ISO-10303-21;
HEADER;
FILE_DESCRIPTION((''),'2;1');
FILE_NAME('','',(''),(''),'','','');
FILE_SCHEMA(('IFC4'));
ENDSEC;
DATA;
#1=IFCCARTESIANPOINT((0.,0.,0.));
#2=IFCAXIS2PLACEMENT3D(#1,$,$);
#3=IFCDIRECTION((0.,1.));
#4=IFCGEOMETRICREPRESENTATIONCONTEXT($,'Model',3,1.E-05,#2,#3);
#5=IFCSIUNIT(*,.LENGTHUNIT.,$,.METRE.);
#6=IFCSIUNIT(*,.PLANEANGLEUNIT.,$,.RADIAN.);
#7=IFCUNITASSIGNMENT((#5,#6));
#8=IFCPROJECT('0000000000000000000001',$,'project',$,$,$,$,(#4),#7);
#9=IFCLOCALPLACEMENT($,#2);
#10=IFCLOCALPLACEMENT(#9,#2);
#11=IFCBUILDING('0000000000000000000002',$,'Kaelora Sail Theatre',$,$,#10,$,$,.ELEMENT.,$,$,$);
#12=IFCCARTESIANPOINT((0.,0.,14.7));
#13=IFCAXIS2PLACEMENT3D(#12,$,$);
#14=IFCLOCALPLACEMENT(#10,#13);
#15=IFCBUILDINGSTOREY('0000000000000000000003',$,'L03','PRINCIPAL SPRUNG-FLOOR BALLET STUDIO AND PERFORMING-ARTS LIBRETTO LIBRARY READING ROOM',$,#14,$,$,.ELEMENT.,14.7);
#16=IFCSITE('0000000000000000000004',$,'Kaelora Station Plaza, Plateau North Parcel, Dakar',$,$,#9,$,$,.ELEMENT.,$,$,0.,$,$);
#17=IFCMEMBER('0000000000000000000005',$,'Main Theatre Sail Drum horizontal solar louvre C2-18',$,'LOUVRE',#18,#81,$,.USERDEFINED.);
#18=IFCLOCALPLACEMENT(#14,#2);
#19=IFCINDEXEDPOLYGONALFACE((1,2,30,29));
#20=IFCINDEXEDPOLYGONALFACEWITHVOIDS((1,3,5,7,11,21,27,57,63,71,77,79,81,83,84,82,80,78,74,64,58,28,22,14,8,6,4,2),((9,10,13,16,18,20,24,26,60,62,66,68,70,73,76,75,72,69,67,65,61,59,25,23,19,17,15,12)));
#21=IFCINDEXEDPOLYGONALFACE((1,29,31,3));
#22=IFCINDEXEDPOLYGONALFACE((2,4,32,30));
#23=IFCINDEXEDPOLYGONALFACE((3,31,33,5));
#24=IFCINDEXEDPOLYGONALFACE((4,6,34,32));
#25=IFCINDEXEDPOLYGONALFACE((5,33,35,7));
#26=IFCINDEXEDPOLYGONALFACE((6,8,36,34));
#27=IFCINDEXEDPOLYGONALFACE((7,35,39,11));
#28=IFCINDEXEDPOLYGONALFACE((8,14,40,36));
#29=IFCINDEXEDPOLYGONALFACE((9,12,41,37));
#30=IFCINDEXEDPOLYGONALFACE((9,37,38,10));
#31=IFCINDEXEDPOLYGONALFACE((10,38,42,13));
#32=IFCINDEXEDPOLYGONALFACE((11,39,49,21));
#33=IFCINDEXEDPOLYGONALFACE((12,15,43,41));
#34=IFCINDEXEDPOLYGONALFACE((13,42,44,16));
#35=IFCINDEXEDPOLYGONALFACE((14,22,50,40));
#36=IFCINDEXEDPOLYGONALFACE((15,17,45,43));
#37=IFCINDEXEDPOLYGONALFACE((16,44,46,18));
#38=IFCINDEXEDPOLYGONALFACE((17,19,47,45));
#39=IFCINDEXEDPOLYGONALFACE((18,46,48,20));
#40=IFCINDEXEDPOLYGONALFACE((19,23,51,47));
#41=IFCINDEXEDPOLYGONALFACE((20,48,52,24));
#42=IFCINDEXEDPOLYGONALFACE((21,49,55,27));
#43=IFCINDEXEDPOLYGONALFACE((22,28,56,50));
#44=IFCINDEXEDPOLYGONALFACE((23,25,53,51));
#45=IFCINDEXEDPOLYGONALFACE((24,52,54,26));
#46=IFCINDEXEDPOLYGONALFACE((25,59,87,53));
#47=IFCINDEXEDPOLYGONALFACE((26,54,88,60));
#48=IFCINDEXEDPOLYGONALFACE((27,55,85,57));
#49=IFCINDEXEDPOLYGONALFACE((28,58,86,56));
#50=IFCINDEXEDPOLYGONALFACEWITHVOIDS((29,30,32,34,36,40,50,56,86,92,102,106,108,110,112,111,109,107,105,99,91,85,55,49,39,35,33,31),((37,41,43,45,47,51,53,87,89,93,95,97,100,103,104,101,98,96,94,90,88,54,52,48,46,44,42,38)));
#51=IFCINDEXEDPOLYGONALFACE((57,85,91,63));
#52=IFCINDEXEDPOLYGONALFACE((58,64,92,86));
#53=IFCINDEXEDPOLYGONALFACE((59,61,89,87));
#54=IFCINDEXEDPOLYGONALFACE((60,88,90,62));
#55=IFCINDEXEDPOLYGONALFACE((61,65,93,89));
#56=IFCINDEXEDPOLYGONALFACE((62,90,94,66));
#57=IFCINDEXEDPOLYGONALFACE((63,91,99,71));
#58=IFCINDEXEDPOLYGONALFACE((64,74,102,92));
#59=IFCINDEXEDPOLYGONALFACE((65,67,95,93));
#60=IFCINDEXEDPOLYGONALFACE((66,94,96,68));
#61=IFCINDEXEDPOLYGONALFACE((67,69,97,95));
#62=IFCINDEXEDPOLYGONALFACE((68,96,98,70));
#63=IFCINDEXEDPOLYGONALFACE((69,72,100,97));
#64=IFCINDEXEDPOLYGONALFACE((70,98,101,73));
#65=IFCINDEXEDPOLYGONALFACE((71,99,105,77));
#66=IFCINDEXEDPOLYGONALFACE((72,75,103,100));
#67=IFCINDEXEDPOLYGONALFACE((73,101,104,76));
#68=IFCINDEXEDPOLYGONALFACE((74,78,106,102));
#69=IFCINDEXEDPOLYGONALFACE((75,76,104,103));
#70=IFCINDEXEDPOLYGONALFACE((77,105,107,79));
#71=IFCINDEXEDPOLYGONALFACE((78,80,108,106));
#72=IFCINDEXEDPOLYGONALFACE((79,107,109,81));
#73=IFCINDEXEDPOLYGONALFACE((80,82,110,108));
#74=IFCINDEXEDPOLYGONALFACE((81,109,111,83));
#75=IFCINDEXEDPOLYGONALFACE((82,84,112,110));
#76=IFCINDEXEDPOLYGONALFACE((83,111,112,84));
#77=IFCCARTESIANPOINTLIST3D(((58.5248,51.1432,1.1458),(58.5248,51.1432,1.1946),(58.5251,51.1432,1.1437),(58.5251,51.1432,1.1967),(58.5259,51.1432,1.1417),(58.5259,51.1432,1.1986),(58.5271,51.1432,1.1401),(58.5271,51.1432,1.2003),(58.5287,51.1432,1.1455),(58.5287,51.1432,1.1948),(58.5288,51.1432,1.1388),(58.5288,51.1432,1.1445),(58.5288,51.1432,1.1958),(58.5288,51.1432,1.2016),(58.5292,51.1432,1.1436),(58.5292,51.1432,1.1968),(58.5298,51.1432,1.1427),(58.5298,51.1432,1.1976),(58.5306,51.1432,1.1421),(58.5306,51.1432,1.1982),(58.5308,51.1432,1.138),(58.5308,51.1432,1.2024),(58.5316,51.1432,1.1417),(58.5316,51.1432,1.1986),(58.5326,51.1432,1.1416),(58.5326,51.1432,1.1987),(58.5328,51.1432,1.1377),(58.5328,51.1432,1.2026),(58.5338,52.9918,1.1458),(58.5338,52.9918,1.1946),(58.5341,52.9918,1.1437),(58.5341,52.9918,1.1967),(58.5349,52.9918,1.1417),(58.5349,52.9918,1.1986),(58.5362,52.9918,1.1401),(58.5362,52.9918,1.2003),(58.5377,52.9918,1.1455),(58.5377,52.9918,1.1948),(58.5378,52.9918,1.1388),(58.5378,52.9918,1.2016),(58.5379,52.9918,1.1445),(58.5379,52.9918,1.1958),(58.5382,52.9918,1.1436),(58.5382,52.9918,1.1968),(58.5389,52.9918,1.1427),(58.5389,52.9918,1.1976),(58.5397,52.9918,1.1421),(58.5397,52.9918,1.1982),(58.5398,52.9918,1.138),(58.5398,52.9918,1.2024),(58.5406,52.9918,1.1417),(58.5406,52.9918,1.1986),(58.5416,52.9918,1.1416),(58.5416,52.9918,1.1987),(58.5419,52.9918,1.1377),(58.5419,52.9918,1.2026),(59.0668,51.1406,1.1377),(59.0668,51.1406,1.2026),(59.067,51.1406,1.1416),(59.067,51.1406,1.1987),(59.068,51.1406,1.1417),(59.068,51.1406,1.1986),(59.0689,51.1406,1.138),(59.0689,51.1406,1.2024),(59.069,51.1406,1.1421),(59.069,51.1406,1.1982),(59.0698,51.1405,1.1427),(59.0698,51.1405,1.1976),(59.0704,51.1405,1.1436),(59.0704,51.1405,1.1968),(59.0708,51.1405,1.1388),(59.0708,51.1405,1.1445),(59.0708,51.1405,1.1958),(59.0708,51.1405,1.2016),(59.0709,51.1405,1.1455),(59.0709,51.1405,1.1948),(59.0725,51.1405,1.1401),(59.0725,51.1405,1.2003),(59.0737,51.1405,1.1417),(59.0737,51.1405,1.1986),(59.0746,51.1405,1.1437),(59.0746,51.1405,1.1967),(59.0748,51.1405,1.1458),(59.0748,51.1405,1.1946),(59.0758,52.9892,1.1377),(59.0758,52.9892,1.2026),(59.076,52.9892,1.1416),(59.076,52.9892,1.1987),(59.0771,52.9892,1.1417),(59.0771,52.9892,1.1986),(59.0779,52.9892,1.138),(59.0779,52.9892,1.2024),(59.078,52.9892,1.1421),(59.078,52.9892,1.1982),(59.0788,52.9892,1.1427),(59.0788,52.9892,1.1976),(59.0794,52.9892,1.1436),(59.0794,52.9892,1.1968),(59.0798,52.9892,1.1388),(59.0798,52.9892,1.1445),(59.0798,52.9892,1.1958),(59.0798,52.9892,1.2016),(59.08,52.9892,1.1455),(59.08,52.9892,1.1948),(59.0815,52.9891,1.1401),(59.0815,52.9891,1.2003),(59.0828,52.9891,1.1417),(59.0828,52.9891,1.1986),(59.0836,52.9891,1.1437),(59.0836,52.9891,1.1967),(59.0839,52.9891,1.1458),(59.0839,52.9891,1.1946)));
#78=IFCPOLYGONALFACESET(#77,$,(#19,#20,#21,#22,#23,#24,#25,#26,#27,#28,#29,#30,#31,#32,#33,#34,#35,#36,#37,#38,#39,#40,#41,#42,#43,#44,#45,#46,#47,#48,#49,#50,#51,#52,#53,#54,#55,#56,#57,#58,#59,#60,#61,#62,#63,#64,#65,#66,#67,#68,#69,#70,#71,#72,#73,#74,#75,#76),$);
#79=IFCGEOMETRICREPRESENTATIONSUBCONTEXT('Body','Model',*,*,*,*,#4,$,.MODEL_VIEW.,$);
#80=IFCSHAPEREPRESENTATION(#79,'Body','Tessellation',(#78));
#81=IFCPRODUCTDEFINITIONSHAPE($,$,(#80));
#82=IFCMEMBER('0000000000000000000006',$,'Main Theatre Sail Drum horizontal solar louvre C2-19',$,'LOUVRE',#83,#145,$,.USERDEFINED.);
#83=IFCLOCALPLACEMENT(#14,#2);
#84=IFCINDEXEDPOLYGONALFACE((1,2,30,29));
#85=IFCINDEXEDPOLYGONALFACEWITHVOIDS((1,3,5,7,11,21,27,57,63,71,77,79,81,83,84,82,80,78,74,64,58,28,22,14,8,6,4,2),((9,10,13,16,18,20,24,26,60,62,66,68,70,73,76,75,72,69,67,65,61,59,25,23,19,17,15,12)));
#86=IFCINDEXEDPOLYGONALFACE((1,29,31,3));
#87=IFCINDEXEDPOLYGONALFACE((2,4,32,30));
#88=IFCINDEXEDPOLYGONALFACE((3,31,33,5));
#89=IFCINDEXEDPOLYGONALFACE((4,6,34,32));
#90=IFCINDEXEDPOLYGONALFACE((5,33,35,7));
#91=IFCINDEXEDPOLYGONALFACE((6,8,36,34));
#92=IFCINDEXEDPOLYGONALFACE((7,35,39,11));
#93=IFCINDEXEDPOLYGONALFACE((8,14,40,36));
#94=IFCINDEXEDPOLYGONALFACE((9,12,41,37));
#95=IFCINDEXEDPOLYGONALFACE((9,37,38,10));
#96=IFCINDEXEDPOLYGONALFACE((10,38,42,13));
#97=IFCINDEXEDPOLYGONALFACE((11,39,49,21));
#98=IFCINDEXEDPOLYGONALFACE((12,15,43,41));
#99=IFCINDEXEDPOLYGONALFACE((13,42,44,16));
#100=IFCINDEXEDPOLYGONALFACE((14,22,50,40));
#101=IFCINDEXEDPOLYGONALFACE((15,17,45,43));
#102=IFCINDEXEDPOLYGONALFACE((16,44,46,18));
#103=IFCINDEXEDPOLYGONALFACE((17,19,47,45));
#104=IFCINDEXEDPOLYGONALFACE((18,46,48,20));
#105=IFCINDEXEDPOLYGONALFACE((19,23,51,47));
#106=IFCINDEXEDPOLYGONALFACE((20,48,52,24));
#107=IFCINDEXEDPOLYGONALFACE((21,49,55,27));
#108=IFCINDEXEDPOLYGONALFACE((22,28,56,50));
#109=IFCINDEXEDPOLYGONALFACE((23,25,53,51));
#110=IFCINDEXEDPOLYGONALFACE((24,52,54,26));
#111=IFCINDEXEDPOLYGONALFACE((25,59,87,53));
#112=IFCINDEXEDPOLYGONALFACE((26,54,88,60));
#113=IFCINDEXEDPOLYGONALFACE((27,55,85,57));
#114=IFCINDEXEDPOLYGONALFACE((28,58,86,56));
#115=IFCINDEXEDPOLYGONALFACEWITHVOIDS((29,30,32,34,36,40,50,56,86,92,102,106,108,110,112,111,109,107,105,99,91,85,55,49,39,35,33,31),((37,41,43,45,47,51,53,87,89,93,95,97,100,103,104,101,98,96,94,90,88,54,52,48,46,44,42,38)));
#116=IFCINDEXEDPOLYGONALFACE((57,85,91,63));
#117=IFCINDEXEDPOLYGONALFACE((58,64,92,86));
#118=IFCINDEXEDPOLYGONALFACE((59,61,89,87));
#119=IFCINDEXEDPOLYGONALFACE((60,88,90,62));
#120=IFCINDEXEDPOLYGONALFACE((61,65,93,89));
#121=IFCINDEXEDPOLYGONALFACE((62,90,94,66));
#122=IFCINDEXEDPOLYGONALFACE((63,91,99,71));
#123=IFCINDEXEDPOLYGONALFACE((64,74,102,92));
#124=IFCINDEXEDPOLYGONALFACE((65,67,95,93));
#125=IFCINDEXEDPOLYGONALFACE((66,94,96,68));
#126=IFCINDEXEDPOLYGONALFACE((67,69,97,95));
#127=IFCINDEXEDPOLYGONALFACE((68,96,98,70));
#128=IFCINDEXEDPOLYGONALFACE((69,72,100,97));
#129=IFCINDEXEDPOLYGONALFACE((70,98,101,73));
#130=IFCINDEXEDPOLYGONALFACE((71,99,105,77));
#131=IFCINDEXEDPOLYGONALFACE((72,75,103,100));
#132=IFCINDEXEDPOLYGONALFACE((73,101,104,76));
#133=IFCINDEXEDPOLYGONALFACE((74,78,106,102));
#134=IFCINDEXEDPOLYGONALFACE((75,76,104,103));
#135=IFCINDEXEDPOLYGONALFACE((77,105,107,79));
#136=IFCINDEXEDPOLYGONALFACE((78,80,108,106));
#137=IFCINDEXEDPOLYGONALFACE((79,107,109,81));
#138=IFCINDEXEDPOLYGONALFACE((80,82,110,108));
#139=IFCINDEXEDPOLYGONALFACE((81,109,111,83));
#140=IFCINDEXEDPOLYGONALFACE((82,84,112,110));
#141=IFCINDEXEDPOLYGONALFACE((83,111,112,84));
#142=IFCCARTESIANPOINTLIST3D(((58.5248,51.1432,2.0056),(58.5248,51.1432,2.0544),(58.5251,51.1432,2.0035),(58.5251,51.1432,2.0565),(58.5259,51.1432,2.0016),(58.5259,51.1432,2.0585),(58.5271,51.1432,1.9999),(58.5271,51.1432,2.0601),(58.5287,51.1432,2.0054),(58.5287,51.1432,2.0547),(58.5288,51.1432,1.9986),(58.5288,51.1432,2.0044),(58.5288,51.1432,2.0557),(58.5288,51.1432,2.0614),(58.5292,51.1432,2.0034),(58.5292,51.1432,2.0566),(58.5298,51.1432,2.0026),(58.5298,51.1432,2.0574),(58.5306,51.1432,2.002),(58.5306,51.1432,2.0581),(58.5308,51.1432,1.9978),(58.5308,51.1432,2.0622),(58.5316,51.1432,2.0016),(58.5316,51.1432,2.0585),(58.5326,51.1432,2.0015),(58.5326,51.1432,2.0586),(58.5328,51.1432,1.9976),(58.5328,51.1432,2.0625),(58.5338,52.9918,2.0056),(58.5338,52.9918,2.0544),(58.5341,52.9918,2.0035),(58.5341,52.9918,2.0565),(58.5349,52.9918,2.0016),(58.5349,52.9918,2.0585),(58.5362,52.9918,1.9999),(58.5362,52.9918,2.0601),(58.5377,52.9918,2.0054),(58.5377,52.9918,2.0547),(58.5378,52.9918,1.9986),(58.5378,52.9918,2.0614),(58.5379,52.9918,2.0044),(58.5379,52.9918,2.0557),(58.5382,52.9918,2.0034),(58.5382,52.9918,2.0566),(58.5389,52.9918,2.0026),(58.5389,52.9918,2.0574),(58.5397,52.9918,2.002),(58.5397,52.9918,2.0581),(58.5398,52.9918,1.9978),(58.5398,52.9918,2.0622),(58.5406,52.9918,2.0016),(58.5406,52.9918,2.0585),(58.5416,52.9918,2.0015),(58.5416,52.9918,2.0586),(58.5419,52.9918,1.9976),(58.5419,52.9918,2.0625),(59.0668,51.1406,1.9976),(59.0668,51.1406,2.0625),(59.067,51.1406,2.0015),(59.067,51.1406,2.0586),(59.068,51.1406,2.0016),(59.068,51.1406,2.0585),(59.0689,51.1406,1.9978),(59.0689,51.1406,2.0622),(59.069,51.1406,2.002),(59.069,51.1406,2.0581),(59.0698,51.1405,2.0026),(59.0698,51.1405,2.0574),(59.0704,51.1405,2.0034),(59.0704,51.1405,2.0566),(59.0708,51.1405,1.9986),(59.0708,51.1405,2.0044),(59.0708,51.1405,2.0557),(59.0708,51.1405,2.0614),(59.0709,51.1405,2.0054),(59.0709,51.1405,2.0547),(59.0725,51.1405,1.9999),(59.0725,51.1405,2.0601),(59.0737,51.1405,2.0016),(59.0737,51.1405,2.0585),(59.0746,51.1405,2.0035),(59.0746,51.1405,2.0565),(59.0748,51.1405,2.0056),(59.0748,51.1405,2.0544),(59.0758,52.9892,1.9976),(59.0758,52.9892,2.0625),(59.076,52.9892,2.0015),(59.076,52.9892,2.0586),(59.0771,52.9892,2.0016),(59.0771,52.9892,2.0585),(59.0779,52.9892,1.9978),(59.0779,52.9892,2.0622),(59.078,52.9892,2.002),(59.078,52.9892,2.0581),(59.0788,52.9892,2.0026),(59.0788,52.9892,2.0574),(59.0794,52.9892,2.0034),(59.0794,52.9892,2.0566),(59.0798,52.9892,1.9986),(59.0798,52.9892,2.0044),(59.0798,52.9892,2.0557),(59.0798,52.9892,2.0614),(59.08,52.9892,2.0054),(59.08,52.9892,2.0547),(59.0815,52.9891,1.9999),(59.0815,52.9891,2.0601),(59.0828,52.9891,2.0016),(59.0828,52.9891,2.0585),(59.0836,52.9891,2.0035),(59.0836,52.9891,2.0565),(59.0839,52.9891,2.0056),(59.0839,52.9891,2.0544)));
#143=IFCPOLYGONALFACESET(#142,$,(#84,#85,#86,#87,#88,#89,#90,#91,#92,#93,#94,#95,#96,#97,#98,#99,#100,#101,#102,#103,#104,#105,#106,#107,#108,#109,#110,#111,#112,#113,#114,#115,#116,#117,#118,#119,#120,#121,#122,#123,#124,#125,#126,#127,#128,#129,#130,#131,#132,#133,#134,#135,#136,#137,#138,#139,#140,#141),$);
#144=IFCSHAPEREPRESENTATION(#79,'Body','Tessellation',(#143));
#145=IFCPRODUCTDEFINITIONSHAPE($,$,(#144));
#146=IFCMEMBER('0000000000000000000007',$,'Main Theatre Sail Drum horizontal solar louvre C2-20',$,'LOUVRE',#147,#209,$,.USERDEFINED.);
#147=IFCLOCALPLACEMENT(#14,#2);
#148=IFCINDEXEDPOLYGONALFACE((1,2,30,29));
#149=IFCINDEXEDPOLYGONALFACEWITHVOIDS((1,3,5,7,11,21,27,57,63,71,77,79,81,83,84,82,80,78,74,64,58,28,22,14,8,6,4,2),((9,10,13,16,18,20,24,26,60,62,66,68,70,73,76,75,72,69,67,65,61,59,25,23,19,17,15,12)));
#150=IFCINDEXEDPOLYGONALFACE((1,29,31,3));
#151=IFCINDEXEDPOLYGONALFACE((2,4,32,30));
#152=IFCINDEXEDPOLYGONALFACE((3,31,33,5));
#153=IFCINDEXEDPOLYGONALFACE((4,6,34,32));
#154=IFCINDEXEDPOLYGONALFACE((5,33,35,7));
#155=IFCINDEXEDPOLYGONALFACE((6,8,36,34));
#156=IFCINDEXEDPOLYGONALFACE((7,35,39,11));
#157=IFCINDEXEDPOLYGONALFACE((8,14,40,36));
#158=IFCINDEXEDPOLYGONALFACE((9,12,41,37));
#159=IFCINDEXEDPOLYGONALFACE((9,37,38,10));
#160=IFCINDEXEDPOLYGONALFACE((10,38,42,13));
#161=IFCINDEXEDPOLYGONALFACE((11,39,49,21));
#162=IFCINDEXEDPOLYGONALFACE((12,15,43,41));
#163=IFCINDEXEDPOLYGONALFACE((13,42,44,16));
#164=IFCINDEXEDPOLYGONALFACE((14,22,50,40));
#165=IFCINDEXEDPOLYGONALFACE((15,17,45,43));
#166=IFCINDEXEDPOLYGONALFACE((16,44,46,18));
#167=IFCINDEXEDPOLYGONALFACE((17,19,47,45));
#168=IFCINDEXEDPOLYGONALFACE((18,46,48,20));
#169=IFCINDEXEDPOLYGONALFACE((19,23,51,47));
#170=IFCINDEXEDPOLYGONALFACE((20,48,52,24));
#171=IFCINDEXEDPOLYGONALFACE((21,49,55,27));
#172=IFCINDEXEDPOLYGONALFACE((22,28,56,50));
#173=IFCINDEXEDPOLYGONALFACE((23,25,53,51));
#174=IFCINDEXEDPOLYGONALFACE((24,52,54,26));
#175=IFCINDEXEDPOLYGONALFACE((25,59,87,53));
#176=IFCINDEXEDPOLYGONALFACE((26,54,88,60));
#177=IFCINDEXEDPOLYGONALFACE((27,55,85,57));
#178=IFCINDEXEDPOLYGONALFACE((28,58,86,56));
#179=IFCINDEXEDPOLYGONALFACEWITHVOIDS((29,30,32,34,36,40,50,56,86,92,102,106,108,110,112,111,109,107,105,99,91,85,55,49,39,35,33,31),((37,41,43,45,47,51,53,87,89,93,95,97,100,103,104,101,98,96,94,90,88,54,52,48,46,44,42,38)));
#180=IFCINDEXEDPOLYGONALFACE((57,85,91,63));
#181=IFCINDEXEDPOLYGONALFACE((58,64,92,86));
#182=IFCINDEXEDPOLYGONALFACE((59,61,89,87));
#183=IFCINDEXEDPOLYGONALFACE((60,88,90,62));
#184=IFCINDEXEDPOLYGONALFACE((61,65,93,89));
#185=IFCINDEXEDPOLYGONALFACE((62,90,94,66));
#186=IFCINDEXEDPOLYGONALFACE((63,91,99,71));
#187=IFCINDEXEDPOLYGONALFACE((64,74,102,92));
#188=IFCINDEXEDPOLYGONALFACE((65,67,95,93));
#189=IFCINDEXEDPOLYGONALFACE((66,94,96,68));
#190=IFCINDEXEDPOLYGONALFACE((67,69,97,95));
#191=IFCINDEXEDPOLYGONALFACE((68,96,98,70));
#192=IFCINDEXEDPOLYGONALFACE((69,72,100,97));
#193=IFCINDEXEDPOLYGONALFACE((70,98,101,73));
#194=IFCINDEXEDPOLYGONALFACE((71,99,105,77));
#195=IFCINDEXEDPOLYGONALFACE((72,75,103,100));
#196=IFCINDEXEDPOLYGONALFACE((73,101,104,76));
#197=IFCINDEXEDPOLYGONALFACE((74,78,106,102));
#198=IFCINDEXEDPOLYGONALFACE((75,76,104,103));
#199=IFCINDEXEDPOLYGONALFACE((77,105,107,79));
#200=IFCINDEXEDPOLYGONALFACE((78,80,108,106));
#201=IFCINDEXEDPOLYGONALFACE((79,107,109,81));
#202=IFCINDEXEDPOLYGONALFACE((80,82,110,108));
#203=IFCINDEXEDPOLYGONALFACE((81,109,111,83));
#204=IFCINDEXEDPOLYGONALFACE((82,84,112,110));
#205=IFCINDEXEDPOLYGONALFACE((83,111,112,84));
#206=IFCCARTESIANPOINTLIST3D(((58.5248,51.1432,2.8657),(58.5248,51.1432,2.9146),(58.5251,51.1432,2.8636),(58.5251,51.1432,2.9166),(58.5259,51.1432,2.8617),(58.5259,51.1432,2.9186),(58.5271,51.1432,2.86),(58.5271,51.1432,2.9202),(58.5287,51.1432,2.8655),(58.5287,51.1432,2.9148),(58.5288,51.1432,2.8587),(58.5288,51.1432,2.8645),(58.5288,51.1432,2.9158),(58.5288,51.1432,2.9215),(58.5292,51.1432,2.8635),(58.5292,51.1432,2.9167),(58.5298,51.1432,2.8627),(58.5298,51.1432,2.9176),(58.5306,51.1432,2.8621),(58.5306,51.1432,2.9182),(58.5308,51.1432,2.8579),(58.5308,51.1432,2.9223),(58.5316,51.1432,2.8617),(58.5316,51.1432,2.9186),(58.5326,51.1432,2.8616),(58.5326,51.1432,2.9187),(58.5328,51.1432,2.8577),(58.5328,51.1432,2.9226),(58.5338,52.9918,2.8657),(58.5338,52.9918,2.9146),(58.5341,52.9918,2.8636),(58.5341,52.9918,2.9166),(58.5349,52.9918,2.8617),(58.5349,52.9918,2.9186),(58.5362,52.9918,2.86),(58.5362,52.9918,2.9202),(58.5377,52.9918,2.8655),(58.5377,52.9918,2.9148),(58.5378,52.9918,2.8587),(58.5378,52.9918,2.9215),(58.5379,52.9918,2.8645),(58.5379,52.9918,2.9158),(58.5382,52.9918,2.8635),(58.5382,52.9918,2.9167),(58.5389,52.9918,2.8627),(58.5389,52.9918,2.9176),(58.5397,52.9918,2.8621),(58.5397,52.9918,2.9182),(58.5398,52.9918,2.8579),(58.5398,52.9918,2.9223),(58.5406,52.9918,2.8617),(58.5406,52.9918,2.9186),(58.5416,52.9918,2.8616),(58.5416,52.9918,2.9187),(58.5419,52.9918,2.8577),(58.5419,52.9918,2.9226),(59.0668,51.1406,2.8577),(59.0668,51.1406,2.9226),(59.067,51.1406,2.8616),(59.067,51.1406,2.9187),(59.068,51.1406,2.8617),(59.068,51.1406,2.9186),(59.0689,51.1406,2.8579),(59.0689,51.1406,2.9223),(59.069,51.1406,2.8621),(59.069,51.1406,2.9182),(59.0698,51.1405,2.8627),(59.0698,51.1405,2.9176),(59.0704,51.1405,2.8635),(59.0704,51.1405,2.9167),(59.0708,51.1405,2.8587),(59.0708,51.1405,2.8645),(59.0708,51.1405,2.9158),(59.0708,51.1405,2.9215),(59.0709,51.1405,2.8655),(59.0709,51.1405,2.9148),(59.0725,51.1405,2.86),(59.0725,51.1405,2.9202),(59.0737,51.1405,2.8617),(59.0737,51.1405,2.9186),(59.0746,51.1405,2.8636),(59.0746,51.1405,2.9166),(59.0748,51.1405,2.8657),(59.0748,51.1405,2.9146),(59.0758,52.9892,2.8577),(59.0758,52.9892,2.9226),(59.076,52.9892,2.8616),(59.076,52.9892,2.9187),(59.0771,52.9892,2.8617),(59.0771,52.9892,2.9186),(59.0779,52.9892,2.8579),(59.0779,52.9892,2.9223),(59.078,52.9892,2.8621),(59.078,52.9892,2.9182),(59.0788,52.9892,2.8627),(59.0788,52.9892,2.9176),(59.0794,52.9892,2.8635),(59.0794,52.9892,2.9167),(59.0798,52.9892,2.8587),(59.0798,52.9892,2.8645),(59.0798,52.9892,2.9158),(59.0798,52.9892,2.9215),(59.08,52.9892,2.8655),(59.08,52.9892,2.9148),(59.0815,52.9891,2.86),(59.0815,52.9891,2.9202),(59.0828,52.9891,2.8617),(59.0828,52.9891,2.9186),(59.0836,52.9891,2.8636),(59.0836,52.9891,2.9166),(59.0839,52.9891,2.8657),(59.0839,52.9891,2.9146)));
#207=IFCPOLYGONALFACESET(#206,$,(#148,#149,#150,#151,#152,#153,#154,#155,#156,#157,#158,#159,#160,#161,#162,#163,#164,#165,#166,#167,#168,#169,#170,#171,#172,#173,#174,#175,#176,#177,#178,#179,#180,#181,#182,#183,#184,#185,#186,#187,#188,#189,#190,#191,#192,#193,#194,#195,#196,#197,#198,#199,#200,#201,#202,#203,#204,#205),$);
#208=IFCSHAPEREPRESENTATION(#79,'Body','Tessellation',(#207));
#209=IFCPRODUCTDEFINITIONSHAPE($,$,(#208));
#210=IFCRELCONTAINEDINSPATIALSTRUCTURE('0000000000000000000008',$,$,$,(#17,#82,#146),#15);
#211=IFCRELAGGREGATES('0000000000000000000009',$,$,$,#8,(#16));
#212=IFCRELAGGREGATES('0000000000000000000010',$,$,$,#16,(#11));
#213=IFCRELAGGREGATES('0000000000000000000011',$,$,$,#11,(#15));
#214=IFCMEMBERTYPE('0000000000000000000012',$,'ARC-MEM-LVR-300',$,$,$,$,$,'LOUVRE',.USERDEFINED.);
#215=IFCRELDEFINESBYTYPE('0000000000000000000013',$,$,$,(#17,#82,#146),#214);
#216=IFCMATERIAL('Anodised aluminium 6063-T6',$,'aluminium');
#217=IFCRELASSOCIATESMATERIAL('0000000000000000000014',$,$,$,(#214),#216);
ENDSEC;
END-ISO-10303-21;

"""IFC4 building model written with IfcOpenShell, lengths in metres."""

from ifc_helpers import new_model, si_unit, direction, frame, origin, origin_2d, place, context, subcontext, project, spatial, hollow_rectangle, extrude, material, material_profile, profile_set, type_object, element, save


model = new_model("IFC4")

# Units and contexts
model_context = context("Model", 3, precision=1e-05, world=origin(), true_north=direction((0.0, 1.0)))
body_context = subcontext(model_context, "Body", "Model", "MODEL_VIEW")
ifc_project = project(units=[si_unit("LENGTHUNIT", "METRE"), si_unit("PLANEANGLEUNIT", "RADIAN")], contexts=[model_context])

# Site, building, storey
site_placement = place(None, origin())
site = spatial("IfcSite", under=ifc_project, at=site_placement, Name="Kaelora Station Plaza, Plateau North Parcel, Dakar", CompositionType="ELEMENT", RefElevation=0.0)
building_placement = place(site_placement, origin())
building = spatial("IfcBuilding", under=site, at=building_placement, Name="Kaelora Sail Theatre", CompositionType="ELEMENT")
storey_placement = place(building_placement, frame((0.0, 0.0, 14.7)))
storey = spatial("IfcBuildingStorey", under=building, at=storey_placement, Name="L03", Description="PRINCIPAL SPRUNG-FLOOR BALLET STUDIO AND PERFORMING-ARTS LIBRETTO LIBRARY READING ROOM", CompositionType="ELEMENT", Elevation=14.7)

# Members
ifc_material_1 = material(Name="Anodised aluminium 6063-T6", Category="aluminium")
ifc_material_profile_1 = material_profile(ifc_material_1, hollow_rectangle(XDim=0.55, YDim=0.0649, WallThickness=0.0039, InnerFilletRadius=0.0039, OuterFilletRadius=0.0081, at=origin_2d()), Name="LOUVRE 550x65x4")
ifc_profile_set_1 = profile_set([ifc_material_profile_1], Name="Anodised aluminium 6063-T6")
member_type = type_object("IfcMemberType", Name="ARC-MEM-LVR-300", ElementType="LOUVRE", PredefinedType="USERDEFINED", material=ifc_profile_set_1)
for number, where, z_axis, x_axis, name in (
    (1, (58.8088, 52.9905, 1.1702), (-0.004886, -0.999988, 0.0), (0.999988, -0.004886, 0.0), "Main Theatre Sail Drum horizontal solar louvre C2-18"),
    (2, (58.8088, 52.9905, 2.03), (-0.004886, -0.999988, 0.0), (0.999988, -0.004886, 0.0), "Main Theatre Sail Drum horizontal solar louvre C2-19"),
    (3, (58.8088, 52.9905, 2.8901), (-0.004886, -0.999988, 0.0), (0.999988, -0.004886, 0.0), "Main Theatre Sail Drum horizontal solar louvre C2-20"),
):
    element("IfcMember", number, at=place(storey_placement, frame(where, z_axis=z_axis, x_axis=x_axis)), inside=storey, type_object=member_type, Name=name, ObjectType="LOUVRE", PredefinedType="USERDEFINED", context=body_context, shape_type="SweptSolid", body=[
        extrude(hollow_rectangle(XDim=0.55, YDim=0.0649, WallThickness=0.0039, InnerFilletRadius=0.0039, OuterFilletRadius=0.0081, at=origin_2d()), origin(), (0.0, 0.0, 1.0), 1.8486),
    ])

save(model, "model.ifc")
